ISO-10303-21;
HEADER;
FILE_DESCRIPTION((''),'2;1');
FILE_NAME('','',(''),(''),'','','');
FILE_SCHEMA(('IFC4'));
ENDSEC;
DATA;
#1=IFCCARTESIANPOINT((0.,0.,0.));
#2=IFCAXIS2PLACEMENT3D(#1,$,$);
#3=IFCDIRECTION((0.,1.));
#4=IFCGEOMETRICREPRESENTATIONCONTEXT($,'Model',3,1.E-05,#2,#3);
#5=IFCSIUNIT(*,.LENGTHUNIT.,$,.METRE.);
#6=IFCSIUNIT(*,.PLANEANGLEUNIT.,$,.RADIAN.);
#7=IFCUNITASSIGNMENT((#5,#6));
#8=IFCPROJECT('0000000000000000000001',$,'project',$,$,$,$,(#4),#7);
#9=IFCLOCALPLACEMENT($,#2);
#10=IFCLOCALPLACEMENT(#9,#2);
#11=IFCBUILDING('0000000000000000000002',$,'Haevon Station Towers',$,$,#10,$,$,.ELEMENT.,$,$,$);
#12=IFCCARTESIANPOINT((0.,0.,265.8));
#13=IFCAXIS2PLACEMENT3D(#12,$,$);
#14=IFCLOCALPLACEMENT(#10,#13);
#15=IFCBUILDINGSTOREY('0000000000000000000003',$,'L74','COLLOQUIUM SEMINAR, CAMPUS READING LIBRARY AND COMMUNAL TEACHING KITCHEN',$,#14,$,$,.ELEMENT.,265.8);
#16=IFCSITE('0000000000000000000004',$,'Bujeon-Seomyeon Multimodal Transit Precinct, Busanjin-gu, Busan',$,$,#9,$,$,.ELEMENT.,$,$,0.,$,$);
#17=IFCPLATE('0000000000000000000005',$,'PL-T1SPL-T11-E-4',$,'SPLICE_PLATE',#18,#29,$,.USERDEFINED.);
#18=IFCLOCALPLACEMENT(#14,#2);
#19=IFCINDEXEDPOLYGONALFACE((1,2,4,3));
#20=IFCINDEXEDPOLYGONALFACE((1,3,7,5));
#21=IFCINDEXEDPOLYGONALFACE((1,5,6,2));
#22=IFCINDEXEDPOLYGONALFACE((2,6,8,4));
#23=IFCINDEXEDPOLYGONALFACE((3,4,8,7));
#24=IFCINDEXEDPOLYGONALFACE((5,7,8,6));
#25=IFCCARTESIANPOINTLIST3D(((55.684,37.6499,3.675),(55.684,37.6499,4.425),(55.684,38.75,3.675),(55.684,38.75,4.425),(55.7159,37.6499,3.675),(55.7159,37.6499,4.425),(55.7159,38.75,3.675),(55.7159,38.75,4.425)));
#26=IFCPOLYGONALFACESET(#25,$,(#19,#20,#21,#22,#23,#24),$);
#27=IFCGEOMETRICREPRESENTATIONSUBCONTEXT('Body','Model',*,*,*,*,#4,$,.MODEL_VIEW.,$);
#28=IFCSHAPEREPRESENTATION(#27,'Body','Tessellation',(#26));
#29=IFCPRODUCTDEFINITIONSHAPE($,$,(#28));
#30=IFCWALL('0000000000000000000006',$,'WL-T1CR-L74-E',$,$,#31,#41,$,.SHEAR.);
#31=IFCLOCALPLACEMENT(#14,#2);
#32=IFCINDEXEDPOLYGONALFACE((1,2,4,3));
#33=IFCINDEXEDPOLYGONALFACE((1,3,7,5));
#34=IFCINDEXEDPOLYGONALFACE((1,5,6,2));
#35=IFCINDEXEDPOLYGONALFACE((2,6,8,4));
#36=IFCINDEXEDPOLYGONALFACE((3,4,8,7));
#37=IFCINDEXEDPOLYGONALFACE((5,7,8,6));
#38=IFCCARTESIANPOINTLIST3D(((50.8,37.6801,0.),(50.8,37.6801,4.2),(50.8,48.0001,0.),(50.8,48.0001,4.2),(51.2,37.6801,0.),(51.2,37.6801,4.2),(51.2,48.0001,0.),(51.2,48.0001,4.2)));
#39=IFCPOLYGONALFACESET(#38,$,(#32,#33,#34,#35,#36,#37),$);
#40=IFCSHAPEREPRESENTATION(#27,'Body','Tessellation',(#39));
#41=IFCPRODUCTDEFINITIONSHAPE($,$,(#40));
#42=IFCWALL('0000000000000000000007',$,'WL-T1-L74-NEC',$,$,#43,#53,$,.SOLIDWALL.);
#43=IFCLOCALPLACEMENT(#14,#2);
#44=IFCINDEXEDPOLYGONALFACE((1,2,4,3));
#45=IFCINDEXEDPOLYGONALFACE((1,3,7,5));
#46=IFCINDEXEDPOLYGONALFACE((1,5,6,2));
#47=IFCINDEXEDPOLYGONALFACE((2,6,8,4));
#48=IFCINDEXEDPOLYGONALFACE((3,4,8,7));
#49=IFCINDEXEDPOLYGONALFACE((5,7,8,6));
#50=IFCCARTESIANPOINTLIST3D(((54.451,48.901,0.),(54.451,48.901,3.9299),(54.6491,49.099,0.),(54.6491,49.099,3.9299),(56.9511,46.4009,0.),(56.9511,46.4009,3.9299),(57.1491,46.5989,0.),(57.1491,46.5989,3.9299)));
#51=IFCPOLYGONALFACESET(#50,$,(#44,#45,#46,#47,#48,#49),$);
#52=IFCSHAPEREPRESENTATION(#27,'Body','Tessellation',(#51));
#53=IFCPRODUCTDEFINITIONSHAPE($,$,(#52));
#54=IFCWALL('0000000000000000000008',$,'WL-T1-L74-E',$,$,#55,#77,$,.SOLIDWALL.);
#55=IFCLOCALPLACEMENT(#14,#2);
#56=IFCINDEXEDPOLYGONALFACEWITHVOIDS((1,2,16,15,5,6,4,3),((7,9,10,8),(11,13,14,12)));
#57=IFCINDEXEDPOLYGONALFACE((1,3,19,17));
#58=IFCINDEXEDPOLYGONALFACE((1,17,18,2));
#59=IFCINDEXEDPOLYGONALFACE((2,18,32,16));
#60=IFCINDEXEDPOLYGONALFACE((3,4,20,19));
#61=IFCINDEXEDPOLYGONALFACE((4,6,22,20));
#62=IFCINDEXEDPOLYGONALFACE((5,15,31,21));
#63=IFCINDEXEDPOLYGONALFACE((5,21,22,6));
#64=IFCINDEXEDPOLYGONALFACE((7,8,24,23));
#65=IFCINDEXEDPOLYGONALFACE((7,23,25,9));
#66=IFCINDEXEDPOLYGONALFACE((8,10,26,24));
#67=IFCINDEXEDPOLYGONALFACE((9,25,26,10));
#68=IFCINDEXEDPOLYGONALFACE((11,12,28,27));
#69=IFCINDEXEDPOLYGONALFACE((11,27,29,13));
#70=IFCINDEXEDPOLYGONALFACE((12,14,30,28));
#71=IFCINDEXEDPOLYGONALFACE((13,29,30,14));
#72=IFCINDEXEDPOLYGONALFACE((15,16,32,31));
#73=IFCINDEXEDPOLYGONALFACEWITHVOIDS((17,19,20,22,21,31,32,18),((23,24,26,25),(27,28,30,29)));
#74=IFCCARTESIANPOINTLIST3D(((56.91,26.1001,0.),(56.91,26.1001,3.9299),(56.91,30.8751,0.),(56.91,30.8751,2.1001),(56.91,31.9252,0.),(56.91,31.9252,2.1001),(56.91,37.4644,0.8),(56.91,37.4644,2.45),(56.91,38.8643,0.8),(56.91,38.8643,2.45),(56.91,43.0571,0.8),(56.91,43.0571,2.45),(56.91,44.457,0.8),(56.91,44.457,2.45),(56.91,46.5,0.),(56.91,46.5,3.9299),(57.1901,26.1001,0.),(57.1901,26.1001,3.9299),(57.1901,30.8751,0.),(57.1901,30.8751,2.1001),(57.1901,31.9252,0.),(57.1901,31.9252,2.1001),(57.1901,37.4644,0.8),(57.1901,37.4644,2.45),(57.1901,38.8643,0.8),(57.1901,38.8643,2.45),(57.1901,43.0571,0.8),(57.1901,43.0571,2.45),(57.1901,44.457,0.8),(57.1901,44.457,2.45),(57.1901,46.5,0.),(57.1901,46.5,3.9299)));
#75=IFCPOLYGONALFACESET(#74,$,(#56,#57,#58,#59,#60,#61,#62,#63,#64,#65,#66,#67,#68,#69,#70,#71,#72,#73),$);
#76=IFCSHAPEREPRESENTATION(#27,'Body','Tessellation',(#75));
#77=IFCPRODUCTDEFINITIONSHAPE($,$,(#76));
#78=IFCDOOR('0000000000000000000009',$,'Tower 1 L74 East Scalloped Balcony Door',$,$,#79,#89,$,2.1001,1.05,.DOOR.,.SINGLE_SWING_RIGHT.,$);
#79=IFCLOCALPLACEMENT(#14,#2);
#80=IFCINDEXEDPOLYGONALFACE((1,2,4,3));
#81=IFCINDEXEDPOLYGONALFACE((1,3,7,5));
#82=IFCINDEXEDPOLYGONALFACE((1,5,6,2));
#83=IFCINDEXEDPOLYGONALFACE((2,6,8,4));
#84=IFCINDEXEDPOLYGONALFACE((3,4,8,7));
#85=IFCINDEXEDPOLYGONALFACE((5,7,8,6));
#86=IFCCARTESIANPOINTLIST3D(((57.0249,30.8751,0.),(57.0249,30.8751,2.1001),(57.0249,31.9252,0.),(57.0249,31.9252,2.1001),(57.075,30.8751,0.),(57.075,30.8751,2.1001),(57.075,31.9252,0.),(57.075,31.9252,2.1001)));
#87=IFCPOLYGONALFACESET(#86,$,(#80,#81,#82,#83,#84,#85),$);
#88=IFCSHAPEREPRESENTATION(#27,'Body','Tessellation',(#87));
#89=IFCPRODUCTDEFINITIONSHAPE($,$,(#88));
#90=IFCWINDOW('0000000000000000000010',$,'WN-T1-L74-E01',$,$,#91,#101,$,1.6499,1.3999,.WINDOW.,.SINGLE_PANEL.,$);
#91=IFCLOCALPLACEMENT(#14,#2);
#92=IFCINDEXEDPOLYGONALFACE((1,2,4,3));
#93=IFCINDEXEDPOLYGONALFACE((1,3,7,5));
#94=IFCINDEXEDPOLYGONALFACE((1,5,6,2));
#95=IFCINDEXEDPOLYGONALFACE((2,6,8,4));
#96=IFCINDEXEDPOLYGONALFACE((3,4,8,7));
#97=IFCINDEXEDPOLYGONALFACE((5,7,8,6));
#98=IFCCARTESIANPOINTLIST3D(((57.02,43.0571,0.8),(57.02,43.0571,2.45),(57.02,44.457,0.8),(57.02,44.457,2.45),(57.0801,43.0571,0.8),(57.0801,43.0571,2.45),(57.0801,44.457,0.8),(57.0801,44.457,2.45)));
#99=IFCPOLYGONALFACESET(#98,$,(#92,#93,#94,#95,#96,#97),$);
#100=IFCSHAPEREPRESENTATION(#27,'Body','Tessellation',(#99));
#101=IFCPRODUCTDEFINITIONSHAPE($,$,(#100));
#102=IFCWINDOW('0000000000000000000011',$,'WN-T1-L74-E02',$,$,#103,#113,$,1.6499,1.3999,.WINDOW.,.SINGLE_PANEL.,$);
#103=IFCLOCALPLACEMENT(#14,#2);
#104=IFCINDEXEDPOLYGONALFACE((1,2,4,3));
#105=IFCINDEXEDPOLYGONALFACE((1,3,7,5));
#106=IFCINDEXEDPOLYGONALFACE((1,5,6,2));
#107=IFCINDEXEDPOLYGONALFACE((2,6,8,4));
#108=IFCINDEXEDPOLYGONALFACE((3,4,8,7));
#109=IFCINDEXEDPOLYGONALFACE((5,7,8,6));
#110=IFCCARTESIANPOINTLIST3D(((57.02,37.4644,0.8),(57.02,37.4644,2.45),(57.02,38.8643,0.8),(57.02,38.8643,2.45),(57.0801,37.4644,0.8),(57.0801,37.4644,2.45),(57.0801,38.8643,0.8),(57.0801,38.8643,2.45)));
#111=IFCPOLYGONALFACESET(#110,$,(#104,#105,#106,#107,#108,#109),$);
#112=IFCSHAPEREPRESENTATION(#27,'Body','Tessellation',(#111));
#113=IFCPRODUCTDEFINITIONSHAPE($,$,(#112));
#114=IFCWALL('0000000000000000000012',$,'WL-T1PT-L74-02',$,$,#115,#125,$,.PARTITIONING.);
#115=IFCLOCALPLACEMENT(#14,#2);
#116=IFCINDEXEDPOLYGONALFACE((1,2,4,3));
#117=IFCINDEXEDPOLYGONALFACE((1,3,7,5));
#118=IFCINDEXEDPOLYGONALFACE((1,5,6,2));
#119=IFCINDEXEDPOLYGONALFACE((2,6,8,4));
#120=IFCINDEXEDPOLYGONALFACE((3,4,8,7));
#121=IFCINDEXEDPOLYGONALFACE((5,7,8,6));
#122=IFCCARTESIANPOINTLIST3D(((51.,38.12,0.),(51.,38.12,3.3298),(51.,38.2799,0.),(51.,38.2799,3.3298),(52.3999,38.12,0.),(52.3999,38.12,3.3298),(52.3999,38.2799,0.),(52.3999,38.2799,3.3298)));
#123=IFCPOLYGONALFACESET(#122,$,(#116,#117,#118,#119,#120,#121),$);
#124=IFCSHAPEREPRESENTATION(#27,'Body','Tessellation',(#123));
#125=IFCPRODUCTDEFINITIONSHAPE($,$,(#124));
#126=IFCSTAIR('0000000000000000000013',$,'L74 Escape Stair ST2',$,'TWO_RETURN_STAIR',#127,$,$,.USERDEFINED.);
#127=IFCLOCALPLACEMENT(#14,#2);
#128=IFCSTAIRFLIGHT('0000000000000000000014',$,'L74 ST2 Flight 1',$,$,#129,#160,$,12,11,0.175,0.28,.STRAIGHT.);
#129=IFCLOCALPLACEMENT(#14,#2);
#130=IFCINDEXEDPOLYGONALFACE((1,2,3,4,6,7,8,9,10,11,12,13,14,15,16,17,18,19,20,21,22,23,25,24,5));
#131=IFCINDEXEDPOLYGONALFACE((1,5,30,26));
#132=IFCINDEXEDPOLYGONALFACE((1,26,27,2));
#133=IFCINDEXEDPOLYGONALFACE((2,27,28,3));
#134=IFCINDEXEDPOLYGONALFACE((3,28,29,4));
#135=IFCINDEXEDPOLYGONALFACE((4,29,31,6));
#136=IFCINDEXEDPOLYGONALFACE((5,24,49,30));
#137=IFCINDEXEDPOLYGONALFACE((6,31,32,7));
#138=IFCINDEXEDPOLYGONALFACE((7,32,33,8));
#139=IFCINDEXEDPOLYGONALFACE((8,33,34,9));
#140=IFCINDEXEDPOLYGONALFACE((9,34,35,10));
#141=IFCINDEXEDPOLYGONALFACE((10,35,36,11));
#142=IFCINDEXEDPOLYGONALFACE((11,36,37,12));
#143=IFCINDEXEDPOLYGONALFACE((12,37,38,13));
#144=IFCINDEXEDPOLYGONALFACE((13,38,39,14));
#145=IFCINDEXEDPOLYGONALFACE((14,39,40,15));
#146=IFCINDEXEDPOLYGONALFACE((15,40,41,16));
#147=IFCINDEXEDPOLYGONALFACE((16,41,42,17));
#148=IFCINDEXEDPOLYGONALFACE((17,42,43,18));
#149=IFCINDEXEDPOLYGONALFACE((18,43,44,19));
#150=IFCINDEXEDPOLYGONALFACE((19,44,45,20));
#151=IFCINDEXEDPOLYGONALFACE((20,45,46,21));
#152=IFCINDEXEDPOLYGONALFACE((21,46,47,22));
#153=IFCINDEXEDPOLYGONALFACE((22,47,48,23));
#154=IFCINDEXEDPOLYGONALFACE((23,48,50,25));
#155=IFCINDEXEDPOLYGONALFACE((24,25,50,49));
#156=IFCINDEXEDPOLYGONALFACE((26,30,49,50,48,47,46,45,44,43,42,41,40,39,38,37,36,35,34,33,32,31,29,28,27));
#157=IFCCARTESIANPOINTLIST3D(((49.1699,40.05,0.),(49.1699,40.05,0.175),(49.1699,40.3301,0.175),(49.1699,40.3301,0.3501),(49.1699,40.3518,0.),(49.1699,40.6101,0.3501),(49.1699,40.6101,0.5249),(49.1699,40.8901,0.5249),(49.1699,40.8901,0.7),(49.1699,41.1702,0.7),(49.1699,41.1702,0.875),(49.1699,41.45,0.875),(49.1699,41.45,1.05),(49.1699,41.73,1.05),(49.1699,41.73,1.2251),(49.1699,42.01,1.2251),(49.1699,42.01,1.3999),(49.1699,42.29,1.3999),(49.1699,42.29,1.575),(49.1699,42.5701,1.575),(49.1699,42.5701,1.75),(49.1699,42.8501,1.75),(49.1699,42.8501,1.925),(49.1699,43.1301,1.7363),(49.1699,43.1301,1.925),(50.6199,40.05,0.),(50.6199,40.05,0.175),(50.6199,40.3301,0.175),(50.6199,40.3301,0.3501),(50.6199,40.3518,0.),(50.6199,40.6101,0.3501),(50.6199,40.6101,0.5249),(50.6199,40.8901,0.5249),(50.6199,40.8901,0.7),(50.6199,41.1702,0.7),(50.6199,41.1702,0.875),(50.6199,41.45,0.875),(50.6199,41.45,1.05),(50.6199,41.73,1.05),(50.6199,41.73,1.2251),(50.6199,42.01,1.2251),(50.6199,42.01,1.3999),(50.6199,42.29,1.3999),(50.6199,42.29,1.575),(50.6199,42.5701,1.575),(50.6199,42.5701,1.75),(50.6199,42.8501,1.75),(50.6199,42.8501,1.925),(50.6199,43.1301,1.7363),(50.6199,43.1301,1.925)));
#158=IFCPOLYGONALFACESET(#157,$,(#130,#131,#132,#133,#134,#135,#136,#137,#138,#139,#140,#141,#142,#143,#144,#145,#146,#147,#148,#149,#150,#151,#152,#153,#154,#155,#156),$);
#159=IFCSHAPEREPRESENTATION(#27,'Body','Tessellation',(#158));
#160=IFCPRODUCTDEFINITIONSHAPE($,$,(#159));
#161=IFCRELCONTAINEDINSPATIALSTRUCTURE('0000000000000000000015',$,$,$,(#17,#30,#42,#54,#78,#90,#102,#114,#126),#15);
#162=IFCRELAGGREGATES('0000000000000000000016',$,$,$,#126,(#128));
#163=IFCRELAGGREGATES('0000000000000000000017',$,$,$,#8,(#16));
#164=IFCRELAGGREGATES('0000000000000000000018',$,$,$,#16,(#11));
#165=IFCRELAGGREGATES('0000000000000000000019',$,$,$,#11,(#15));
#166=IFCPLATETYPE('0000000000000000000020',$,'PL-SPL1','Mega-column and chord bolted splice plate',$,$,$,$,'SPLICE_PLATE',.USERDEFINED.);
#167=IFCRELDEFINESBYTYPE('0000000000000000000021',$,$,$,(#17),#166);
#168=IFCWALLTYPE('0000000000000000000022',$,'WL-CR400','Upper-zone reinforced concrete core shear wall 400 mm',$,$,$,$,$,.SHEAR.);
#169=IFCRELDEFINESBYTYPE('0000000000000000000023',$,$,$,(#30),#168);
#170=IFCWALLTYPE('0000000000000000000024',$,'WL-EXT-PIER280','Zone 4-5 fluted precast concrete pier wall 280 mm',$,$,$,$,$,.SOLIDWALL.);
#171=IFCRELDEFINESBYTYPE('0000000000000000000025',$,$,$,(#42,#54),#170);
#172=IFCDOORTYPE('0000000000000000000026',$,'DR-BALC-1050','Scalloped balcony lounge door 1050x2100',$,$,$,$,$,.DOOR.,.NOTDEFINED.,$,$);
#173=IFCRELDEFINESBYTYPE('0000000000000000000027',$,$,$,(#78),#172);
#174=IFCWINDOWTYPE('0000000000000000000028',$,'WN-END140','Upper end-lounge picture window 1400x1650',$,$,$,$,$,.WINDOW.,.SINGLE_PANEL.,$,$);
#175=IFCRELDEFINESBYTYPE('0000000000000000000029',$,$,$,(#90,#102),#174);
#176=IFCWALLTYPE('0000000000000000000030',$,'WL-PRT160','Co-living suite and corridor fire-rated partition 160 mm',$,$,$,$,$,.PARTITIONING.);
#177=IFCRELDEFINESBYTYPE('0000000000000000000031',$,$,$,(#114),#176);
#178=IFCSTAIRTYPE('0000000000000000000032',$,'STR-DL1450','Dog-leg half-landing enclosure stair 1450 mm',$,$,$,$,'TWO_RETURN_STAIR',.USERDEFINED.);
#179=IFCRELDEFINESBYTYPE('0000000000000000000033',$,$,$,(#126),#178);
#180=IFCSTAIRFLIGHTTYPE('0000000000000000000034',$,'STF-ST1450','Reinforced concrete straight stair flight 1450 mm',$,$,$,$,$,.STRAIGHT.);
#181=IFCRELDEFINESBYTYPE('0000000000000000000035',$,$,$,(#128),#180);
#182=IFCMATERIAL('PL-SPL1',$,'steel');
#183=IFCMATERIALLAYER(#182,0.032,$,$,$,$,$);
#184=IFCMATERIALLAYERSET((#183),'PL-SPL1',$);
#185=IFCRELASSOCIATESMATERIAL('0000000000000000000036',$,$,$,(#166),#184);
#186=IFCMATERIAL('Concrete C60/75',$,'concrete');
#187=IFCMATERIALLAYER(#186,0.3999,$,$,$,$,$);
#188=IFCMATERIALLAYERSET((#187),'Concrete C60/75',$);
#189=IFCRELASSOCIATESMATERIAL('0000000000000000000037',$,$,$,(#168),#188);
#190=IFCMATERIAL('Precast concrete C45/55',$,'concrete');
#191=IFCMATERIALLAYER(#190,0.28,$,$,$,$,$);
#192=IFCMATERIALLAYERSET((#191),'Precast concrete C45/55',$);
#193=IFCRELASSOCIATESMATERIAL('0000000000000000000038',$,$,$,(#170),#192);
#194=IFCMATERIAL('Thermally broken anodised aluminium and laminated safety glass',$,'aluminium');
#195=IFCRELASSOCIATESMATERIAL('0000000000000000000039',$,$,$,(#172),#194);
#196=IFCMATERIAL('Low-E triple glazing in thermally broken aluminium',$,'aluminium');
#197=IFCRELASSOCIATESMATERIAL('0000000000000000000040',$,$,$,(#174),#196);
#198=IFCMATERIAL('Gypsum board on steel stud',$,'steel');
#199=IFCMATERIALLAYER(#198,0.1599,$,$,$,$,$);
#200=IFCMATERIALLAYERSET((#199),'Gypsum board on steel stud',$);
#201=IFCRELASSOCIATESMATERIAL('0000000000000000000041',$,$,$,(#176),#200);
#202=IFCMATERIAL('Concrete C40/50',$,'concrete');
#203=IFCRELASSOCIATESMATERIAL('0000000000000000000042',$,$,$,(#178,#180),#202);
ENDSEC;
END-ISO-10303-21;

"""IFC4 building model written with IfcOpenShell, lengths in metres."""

from ifc_helpers import new_model, si_unit, direction, frame, frame_2d, origin, origin_2d, place, context, subcontext, project, spatial, polyline, rectangle, outline, extrude, material, layer, layer_set, type_object, element, fill, aggregate, save


model = new_model("IFC4")

# Units and contexts
model_context = context("Model", 3, precision=1e-05, world=origin(), true_north=direction((0.0, 1.0)))
body_context = subcontext(model_context, "Body", "Model", "MODEL_VIEW")
ifc_project = project(units=[si_unit("LENGTHUNIT", "METRE"), si_unit("PLANEANGLEUNIT", "RADIAN")], contexts=[model_context])

# Site, building, storey
site_placement = place(None, origin())
site = spatial("IfcSite", under=ifc_project, at=site_placement, Name="Bujeon-Seomyeon Multimodal Transit Precinct, Busanjin-gu, Busan", CompositionType="ELEMENT", RefElevation=0.0)
building_placement = place(site_placement, origin())
building = spatial("IfcBuilding", under=site, at=building_placement, Name="Haevon Station Towers", CompositionType="ELEMENT")
storey_placement = place(building_placement, frame((0.0, 0.0, 265.8)))
storey = spatial("IfcBuildingStorey", under=building, at=storey_placement, Name="L74", Description="COLLOQUIUM SEMINAR, CAMPUS READING LIBRARY AND COMMUNAL TEACHING KITCHEN", CompositionType="ELEMENT", Elevation=265.8)

# Plate
ifc_material_1 = material(Name="PL-SPL1", Category="steel")
ifc_layer_1 = layer(ifc_material_1, 0.032)
ifc_layer_set_1 = layer_set([ifc_layer_1], Name="PL-SPL1")
plate_type = type_object("IfcPlateType", Name="PL-SPL1", Description="Mega-column and chord bolted splice plate", ElementType="SPLICE_PLATE", PredefinedType="USERDEFINED", material=ifc_layer_set_1)
plate_placement = place(storey_placement, frame((55.7, 38.2, 3.675), z_axis=(0.0, 0.0, 1.0), x_axis=(0.0, 1.0, 0.0)))
element("IfcPlate", 1, at=plate_placement, inside=storey, type_object=plate_type, Name="PL-T1SPL-T11-E-4", ObjectType="SPLICE_PLATE", PredefinedType="USERDEFINED", context=body_context, shape_type="SweptSolid", body=[
    extrude(rectangle(XDim=1.1001, YDim=0.032, at=origin_2d()), origin(), (0.0, 0.0, 1.0), 0.75),
])

# Walls
ifc_material_2 = material(Name="Concrete C60/75", Category="concrete")
ifc_layer_2 = layer(ifc_material_2, 0.3999)
ifc_layer_set_2 = layer_set([ifc_layer_2], Name="Concrete C60/75")
wall_type_1 = type_object("IfcWallType", Name="WL-CR400", Description="Upper-zone reinforced concrete core shear wall 400 mm", PredefinedType="SHEAR", material=ifc_layer_set_2)
wall_1_placement = place(storey_placement, frame((51.0, 37.6799, 0.0), z_axis=(0.0, 0.0, 1.0), x_axis=(0.0, 1.0, 0.0)))
element("IfcWall", 2, at=wall_1_placement, inside=storey, type_object=wall_type_1, Name="WL-T1CR-L74-E", PredefinedType="SHEAR", context=body_context, shape_type="SweptSolid", body=[
    extrude(rectangle(XDim=10.3201, YDim=0.3999, at=frame_2d((5.1602, 0.0))), origin(), (0.0, 0.0, 1.0), 4.2),
])
ifc_material_3 = material(Name="Precast concrete C45/55", Category="concrete")
ifc_layer_3 = layer(ifc_material_3, 0.28)
ifc_layer_set_3 = layer_set([ifc_layer_3], Name="Precast concrete C45/55")
wall_type_2 = type_object("IfcWallType", Name="WL-EXT-PIER280", Description="Zone 4-5 fluted precast concrete pier wall 280 mm", PredefinedType="SOLIDWALL", material=ifc_layer_set_3)
wall_2_placement = place(storey_placement, frame((54.55, 49.0, 0.0), z_axis=(0.0, 0.0, 1.0), x_axis=(0.707107, -0.707107, 0.0)))
element("IfcWall", 3, at=wall_2_placement, inside=storey, type_object=wall_type_2, Name="WL-T1-L74-NEC", PredefinedType="SOLIDWALL", context=body_context, shape_type="SweptSolid", body=[
    extrude(rectangle(XDim=3.5356, YDim=0.28, at=frame_2d((1.7678, 0.0))), origin(), (0.0, 0.0, 1.0), 3.9299),
])

# Wall, openings, door, windows
wall_3_placement = place(storey_placement, frame((57.05, 46.5, 0.0), z_axis=(0.0, 0.0, 1.0), x_axis=(0.0, -1.0, 0.0)))
wall_3 = element("IfcWall", 4, at=wall_3_placement, inside=storey, type_object=wall_type_2, Name="WL-T1-L74-E", PredefinedType="SOLIDWALL", context=body_context, shape_type="SweptSolid", body=[
    extrude(rectangle(XDim=20.3999, YDim=0.28, at=frame_2d((10.2, 0.0))), origin(), (0.0, 0.0, 1.0), 3.9299),
])
opening_1_placement = place(wall_3_placement, frame((14.575, 0.0, 0.0)))
opening_1 = element("IfcOpeningElement", 5, at=opening_1_placement, cuts=wall_3, PredefinedType="OPENING", context=body_context, shape_type="SweptSolid", body=[
    extrude(rectangle(XDim=1.05, YDim=2.1001, at=frame_2d((0.5249, 1.05))), frame((0.0, 0.1499, 0.0), z_axis=(0.0, -1.0, 0.0), x_axis=(1.0, 0.0, 0.0)), (0.0, 0.0, 1.0), 0.3),
])
opening_2_placement = place(wall_3_placement, frame((2.043, 0.0, 0.8)))
opening_2 = element("IfcOpeningElement", 6, at=opening_2_placement, cuts=wall_3, PredefinedType="OPENING", context=body_context, shape_type="SweptSolid", body=[
    extrude(rectangle(XDim=1.3999, YDim=1.6499, at=frame_2d((0.7, 0.825))), frame((0.0, 0.1499, 0.0), z_axis=(0.0, -1.0, 0.0), x_axis=(1.0, 0.0, 0.0)), (0.0, 0.0, 1.0), 0.3),
])
opening_3_placement = place(wall_3_placement, frame((7.6357, 0.0, 0.8)))
opening_3 = element("IfcOpeningElement", 7, at=opening_3_placement, cuts=wall_3, PredefinedType="OPENING", context=body_context, shape_type="SweptSolid", body=[
    extrude(rectangle(XDim=1.3999, YDim=1.6499, at=frame_2d((0.7, 0.825))), frame((0.0, 0.1499, 0.0), z_axis=(0.0, -1.0, 0.0), x_axis=(1.0, 0.0, 0.0)), (0.0, 0.0, 1.0), 0.3),
])
ifc_material_4 = material(Name="Thermally broken anodised aluminium and laminated safety glass", Category="aluminium")
door_type = type_object("IfcDoorType", Name="DR-BALC-1050", Description="Scalloped balcony lounge door 1050x2100", OperationType="NOTDEFINED", PredefinedType="DOOR", material=ifc_material_4)
door_placement = place(opening_1_placement, origin())
door = element("IfcDoor", 8, at=door_placement, inside=storey, type_object=door_type, Name="Tower 1 L74 East Scalloped Balcony Door", OperationType="SINGLE_SWING_RIGHT", OverallHeight=2.1001, OverallWidth=1.05, PredefinedType="DOOR", context=body_context, shape_type="SweptSolid", body=[
    extrude(rectangle(XDim=1.05, YDim=2.1001, at=frame_2d((0.5249, 1.05))), frame((0.0, 0.0249, 0.0), z_axis=(0.0, -1.0, 0.0), x_axis=(1.0, 0.0, 0.0)), (0.0, 0.0, 1.0), 0.05),
])
fill(opening_1, door)
ifc_material_5 = material(Name="Low-E triple glazing in thermally broken aluminium", Category="aluminium")
window_type = type_object("IfcWindowType", Name="WN-END140", Description="Upper end-lounge picture window 1400x1650", PartitioningType="SINGLE_PANEL", PredefinedType="WINDOW", material=ifc_material_5)
window_1_placement = place(opening_2_placement, origin())
window_1 = element("IfcWindow", 9, at=window_1_placement, inside=storey, type_object=window_type, Name="WN-T1-L74-E01", OverallHeight=1.6499, OverallWidth=1.3999, PartitioningType="SINGLE_PANEL", PredefinedType="WINDOW", context=body_context, shape_type="SweptSolid", body=[
    extrude(rectangle(XDim=1.3999, YDim=1.6499, at=frame_2d((0.7, 0.825))), frame((0.0, 0.03, 0.0), z_axis=(0.0, -1.0, 0.0), x_axis=(1.0, 0.0, 0.0)), (0.0, 0.0, 1.0), 0.0601),
])
fill(opening_2, window_1)
window_2_placement = place(opening_3_placement, origin())
window_2 = element("IfcWindow", 10, at=window_2_placement, inside=storey, type_object=window_type, Name="WN-T1-L74-E02", OverallHeight=1.6499, OverallWidth=1.3999, PartitioningType="SINGLE_PANEL", PredefinedType="WINDOW", context=body_context, shape_type="SweptSolid", body=[
    extrude(rectangle(XDim=1.3999, YDim=1.6499, at=frame_2d((0.7, 0.825))), frame((0.0, 0.03, 0.0), z_axis=(0.0, -1.0, 0.0), x_axis=(1.0, 0.0, 0.0)), (0.0, 0.0, 1.0), 0.0601),
])
fill(opening_3, window_2)

# Wall
ifc_material_6 = material(Name="Gypsum board on steel stud", Category="steel")
ifc_layer_4 = layer(ifc_material_6, 0.1599)
ifc_layer_set_4 = layer_set([ifc_layer_4], Name="Gypsum board on steel stud")
wall_type_3 = type_object("IfcWallType", Name="WL-PRT160", Description="Co-living suite and corridor fire-rated partition 160 mm", PredefinedType="PARTITIONING", material=ifc_layer_set_4)
wall_4_placement = place(storey_placement, frame((51.0, 38.2, 0.0), z_axis=(0.0, 0.0, 1.0), x_axis=(1.0, 0.0, 0.0)))
element("IfcWall", 11, at=wall_4_placement, inside=storey, type_object=wall_type_3, Name="WL-T1PT-L74-02", PredefinedType="PARTITIONING", context=body_context, shape_type="SweptSolid", body=[
    extrude(rectangle(XDim=1.3999, YDim=0.1599, at=frame_2d((0.7, 0.0))), origin(), (0.0, 0.0, 1.0), 3.3298),
])

# Stair, stair flight
ifc_material_7 = material(Name="Concrete C40/50", Category="concrete")
stair_type = type_object("IfcStairType", Name="STR-DL1450", Description="Dog-leg half-landing enclosure stair 1450 mm", ElementType="TWO_RETURN_STAIR", PredefinedType="USERDEFINED", material=ifc_material_7)
stair_placement = place(storey_placement, origin())
stair = element("IfcStair", 12, at=stair_placement, inside=storey, type_object=stair_type, Name="L74 Escape Stair ST2", ObjectType="TWO_RETURN_STAIR", PredefinedType="USERDEFINED")
stair_flight_type = type_object("IfcStairFlightType", Name="STF-ST1450", Description="Reinforced concrete straight stair flight 1450 mm", PredefinedType="STRAIGHT", material=ifc_material_7)
stair_flight_1_placement = place(storey_placement, frame((49.895, 40.05, 0.0), z_axis=(0.0, 0.0, 1.0), x_axis=(0.0, 1.0, 0.0)))
stair_flight_1 = element("IfcStairFlight", 13, at=stair_flight_1_placement, type_object=stair_flight_type, Name="L74 ST2 Flight 1", NumberOfRisers=12, NumberOfTreads=11, PredefinedType="STRAIGHT", RiserHeight=0.175, TreadLength=0.28, context=body_context, shape_type="SweptSolid", body=[
    extrude(outline(polyline([(0.0, 0.0), (0.0, 0.175), (0.28, 0.175), (0.28, 0.3501), (0.5601, 0.3501), (0.5601, 0.5249), (0.8401, 0.5249), (0.8401, 0.7), (1.1201, 0.7), (1.1201, 0.875), (1.3999, 0.875), (1.3999, 1.05), (1.6799, 1.05), (1.6799, 1.2251), (1.96, 1.2251), (1.96, 1.3999), (2.24, 1.3999), (2.24, 1.575), (2.52, 1.575), (2.52, 1.75), (2.8, 1.75), (2.8, 1.925), (3.0801, 1.925), (3.0801, 2.1001), (3.0801, 1.7363), (0.3018, 0.0), (0.0, 0.0)])), frame((0.0, 0.7251, 0.0), z_axis=(0.0, -1.0, 0.0), x_axis=(1.0, 0.0, 0.0)), (0.0, 0.0, 1.0), 1.45),
])
aggregate(stair, [stair_flight_1])

save(model, "model.ifc")
